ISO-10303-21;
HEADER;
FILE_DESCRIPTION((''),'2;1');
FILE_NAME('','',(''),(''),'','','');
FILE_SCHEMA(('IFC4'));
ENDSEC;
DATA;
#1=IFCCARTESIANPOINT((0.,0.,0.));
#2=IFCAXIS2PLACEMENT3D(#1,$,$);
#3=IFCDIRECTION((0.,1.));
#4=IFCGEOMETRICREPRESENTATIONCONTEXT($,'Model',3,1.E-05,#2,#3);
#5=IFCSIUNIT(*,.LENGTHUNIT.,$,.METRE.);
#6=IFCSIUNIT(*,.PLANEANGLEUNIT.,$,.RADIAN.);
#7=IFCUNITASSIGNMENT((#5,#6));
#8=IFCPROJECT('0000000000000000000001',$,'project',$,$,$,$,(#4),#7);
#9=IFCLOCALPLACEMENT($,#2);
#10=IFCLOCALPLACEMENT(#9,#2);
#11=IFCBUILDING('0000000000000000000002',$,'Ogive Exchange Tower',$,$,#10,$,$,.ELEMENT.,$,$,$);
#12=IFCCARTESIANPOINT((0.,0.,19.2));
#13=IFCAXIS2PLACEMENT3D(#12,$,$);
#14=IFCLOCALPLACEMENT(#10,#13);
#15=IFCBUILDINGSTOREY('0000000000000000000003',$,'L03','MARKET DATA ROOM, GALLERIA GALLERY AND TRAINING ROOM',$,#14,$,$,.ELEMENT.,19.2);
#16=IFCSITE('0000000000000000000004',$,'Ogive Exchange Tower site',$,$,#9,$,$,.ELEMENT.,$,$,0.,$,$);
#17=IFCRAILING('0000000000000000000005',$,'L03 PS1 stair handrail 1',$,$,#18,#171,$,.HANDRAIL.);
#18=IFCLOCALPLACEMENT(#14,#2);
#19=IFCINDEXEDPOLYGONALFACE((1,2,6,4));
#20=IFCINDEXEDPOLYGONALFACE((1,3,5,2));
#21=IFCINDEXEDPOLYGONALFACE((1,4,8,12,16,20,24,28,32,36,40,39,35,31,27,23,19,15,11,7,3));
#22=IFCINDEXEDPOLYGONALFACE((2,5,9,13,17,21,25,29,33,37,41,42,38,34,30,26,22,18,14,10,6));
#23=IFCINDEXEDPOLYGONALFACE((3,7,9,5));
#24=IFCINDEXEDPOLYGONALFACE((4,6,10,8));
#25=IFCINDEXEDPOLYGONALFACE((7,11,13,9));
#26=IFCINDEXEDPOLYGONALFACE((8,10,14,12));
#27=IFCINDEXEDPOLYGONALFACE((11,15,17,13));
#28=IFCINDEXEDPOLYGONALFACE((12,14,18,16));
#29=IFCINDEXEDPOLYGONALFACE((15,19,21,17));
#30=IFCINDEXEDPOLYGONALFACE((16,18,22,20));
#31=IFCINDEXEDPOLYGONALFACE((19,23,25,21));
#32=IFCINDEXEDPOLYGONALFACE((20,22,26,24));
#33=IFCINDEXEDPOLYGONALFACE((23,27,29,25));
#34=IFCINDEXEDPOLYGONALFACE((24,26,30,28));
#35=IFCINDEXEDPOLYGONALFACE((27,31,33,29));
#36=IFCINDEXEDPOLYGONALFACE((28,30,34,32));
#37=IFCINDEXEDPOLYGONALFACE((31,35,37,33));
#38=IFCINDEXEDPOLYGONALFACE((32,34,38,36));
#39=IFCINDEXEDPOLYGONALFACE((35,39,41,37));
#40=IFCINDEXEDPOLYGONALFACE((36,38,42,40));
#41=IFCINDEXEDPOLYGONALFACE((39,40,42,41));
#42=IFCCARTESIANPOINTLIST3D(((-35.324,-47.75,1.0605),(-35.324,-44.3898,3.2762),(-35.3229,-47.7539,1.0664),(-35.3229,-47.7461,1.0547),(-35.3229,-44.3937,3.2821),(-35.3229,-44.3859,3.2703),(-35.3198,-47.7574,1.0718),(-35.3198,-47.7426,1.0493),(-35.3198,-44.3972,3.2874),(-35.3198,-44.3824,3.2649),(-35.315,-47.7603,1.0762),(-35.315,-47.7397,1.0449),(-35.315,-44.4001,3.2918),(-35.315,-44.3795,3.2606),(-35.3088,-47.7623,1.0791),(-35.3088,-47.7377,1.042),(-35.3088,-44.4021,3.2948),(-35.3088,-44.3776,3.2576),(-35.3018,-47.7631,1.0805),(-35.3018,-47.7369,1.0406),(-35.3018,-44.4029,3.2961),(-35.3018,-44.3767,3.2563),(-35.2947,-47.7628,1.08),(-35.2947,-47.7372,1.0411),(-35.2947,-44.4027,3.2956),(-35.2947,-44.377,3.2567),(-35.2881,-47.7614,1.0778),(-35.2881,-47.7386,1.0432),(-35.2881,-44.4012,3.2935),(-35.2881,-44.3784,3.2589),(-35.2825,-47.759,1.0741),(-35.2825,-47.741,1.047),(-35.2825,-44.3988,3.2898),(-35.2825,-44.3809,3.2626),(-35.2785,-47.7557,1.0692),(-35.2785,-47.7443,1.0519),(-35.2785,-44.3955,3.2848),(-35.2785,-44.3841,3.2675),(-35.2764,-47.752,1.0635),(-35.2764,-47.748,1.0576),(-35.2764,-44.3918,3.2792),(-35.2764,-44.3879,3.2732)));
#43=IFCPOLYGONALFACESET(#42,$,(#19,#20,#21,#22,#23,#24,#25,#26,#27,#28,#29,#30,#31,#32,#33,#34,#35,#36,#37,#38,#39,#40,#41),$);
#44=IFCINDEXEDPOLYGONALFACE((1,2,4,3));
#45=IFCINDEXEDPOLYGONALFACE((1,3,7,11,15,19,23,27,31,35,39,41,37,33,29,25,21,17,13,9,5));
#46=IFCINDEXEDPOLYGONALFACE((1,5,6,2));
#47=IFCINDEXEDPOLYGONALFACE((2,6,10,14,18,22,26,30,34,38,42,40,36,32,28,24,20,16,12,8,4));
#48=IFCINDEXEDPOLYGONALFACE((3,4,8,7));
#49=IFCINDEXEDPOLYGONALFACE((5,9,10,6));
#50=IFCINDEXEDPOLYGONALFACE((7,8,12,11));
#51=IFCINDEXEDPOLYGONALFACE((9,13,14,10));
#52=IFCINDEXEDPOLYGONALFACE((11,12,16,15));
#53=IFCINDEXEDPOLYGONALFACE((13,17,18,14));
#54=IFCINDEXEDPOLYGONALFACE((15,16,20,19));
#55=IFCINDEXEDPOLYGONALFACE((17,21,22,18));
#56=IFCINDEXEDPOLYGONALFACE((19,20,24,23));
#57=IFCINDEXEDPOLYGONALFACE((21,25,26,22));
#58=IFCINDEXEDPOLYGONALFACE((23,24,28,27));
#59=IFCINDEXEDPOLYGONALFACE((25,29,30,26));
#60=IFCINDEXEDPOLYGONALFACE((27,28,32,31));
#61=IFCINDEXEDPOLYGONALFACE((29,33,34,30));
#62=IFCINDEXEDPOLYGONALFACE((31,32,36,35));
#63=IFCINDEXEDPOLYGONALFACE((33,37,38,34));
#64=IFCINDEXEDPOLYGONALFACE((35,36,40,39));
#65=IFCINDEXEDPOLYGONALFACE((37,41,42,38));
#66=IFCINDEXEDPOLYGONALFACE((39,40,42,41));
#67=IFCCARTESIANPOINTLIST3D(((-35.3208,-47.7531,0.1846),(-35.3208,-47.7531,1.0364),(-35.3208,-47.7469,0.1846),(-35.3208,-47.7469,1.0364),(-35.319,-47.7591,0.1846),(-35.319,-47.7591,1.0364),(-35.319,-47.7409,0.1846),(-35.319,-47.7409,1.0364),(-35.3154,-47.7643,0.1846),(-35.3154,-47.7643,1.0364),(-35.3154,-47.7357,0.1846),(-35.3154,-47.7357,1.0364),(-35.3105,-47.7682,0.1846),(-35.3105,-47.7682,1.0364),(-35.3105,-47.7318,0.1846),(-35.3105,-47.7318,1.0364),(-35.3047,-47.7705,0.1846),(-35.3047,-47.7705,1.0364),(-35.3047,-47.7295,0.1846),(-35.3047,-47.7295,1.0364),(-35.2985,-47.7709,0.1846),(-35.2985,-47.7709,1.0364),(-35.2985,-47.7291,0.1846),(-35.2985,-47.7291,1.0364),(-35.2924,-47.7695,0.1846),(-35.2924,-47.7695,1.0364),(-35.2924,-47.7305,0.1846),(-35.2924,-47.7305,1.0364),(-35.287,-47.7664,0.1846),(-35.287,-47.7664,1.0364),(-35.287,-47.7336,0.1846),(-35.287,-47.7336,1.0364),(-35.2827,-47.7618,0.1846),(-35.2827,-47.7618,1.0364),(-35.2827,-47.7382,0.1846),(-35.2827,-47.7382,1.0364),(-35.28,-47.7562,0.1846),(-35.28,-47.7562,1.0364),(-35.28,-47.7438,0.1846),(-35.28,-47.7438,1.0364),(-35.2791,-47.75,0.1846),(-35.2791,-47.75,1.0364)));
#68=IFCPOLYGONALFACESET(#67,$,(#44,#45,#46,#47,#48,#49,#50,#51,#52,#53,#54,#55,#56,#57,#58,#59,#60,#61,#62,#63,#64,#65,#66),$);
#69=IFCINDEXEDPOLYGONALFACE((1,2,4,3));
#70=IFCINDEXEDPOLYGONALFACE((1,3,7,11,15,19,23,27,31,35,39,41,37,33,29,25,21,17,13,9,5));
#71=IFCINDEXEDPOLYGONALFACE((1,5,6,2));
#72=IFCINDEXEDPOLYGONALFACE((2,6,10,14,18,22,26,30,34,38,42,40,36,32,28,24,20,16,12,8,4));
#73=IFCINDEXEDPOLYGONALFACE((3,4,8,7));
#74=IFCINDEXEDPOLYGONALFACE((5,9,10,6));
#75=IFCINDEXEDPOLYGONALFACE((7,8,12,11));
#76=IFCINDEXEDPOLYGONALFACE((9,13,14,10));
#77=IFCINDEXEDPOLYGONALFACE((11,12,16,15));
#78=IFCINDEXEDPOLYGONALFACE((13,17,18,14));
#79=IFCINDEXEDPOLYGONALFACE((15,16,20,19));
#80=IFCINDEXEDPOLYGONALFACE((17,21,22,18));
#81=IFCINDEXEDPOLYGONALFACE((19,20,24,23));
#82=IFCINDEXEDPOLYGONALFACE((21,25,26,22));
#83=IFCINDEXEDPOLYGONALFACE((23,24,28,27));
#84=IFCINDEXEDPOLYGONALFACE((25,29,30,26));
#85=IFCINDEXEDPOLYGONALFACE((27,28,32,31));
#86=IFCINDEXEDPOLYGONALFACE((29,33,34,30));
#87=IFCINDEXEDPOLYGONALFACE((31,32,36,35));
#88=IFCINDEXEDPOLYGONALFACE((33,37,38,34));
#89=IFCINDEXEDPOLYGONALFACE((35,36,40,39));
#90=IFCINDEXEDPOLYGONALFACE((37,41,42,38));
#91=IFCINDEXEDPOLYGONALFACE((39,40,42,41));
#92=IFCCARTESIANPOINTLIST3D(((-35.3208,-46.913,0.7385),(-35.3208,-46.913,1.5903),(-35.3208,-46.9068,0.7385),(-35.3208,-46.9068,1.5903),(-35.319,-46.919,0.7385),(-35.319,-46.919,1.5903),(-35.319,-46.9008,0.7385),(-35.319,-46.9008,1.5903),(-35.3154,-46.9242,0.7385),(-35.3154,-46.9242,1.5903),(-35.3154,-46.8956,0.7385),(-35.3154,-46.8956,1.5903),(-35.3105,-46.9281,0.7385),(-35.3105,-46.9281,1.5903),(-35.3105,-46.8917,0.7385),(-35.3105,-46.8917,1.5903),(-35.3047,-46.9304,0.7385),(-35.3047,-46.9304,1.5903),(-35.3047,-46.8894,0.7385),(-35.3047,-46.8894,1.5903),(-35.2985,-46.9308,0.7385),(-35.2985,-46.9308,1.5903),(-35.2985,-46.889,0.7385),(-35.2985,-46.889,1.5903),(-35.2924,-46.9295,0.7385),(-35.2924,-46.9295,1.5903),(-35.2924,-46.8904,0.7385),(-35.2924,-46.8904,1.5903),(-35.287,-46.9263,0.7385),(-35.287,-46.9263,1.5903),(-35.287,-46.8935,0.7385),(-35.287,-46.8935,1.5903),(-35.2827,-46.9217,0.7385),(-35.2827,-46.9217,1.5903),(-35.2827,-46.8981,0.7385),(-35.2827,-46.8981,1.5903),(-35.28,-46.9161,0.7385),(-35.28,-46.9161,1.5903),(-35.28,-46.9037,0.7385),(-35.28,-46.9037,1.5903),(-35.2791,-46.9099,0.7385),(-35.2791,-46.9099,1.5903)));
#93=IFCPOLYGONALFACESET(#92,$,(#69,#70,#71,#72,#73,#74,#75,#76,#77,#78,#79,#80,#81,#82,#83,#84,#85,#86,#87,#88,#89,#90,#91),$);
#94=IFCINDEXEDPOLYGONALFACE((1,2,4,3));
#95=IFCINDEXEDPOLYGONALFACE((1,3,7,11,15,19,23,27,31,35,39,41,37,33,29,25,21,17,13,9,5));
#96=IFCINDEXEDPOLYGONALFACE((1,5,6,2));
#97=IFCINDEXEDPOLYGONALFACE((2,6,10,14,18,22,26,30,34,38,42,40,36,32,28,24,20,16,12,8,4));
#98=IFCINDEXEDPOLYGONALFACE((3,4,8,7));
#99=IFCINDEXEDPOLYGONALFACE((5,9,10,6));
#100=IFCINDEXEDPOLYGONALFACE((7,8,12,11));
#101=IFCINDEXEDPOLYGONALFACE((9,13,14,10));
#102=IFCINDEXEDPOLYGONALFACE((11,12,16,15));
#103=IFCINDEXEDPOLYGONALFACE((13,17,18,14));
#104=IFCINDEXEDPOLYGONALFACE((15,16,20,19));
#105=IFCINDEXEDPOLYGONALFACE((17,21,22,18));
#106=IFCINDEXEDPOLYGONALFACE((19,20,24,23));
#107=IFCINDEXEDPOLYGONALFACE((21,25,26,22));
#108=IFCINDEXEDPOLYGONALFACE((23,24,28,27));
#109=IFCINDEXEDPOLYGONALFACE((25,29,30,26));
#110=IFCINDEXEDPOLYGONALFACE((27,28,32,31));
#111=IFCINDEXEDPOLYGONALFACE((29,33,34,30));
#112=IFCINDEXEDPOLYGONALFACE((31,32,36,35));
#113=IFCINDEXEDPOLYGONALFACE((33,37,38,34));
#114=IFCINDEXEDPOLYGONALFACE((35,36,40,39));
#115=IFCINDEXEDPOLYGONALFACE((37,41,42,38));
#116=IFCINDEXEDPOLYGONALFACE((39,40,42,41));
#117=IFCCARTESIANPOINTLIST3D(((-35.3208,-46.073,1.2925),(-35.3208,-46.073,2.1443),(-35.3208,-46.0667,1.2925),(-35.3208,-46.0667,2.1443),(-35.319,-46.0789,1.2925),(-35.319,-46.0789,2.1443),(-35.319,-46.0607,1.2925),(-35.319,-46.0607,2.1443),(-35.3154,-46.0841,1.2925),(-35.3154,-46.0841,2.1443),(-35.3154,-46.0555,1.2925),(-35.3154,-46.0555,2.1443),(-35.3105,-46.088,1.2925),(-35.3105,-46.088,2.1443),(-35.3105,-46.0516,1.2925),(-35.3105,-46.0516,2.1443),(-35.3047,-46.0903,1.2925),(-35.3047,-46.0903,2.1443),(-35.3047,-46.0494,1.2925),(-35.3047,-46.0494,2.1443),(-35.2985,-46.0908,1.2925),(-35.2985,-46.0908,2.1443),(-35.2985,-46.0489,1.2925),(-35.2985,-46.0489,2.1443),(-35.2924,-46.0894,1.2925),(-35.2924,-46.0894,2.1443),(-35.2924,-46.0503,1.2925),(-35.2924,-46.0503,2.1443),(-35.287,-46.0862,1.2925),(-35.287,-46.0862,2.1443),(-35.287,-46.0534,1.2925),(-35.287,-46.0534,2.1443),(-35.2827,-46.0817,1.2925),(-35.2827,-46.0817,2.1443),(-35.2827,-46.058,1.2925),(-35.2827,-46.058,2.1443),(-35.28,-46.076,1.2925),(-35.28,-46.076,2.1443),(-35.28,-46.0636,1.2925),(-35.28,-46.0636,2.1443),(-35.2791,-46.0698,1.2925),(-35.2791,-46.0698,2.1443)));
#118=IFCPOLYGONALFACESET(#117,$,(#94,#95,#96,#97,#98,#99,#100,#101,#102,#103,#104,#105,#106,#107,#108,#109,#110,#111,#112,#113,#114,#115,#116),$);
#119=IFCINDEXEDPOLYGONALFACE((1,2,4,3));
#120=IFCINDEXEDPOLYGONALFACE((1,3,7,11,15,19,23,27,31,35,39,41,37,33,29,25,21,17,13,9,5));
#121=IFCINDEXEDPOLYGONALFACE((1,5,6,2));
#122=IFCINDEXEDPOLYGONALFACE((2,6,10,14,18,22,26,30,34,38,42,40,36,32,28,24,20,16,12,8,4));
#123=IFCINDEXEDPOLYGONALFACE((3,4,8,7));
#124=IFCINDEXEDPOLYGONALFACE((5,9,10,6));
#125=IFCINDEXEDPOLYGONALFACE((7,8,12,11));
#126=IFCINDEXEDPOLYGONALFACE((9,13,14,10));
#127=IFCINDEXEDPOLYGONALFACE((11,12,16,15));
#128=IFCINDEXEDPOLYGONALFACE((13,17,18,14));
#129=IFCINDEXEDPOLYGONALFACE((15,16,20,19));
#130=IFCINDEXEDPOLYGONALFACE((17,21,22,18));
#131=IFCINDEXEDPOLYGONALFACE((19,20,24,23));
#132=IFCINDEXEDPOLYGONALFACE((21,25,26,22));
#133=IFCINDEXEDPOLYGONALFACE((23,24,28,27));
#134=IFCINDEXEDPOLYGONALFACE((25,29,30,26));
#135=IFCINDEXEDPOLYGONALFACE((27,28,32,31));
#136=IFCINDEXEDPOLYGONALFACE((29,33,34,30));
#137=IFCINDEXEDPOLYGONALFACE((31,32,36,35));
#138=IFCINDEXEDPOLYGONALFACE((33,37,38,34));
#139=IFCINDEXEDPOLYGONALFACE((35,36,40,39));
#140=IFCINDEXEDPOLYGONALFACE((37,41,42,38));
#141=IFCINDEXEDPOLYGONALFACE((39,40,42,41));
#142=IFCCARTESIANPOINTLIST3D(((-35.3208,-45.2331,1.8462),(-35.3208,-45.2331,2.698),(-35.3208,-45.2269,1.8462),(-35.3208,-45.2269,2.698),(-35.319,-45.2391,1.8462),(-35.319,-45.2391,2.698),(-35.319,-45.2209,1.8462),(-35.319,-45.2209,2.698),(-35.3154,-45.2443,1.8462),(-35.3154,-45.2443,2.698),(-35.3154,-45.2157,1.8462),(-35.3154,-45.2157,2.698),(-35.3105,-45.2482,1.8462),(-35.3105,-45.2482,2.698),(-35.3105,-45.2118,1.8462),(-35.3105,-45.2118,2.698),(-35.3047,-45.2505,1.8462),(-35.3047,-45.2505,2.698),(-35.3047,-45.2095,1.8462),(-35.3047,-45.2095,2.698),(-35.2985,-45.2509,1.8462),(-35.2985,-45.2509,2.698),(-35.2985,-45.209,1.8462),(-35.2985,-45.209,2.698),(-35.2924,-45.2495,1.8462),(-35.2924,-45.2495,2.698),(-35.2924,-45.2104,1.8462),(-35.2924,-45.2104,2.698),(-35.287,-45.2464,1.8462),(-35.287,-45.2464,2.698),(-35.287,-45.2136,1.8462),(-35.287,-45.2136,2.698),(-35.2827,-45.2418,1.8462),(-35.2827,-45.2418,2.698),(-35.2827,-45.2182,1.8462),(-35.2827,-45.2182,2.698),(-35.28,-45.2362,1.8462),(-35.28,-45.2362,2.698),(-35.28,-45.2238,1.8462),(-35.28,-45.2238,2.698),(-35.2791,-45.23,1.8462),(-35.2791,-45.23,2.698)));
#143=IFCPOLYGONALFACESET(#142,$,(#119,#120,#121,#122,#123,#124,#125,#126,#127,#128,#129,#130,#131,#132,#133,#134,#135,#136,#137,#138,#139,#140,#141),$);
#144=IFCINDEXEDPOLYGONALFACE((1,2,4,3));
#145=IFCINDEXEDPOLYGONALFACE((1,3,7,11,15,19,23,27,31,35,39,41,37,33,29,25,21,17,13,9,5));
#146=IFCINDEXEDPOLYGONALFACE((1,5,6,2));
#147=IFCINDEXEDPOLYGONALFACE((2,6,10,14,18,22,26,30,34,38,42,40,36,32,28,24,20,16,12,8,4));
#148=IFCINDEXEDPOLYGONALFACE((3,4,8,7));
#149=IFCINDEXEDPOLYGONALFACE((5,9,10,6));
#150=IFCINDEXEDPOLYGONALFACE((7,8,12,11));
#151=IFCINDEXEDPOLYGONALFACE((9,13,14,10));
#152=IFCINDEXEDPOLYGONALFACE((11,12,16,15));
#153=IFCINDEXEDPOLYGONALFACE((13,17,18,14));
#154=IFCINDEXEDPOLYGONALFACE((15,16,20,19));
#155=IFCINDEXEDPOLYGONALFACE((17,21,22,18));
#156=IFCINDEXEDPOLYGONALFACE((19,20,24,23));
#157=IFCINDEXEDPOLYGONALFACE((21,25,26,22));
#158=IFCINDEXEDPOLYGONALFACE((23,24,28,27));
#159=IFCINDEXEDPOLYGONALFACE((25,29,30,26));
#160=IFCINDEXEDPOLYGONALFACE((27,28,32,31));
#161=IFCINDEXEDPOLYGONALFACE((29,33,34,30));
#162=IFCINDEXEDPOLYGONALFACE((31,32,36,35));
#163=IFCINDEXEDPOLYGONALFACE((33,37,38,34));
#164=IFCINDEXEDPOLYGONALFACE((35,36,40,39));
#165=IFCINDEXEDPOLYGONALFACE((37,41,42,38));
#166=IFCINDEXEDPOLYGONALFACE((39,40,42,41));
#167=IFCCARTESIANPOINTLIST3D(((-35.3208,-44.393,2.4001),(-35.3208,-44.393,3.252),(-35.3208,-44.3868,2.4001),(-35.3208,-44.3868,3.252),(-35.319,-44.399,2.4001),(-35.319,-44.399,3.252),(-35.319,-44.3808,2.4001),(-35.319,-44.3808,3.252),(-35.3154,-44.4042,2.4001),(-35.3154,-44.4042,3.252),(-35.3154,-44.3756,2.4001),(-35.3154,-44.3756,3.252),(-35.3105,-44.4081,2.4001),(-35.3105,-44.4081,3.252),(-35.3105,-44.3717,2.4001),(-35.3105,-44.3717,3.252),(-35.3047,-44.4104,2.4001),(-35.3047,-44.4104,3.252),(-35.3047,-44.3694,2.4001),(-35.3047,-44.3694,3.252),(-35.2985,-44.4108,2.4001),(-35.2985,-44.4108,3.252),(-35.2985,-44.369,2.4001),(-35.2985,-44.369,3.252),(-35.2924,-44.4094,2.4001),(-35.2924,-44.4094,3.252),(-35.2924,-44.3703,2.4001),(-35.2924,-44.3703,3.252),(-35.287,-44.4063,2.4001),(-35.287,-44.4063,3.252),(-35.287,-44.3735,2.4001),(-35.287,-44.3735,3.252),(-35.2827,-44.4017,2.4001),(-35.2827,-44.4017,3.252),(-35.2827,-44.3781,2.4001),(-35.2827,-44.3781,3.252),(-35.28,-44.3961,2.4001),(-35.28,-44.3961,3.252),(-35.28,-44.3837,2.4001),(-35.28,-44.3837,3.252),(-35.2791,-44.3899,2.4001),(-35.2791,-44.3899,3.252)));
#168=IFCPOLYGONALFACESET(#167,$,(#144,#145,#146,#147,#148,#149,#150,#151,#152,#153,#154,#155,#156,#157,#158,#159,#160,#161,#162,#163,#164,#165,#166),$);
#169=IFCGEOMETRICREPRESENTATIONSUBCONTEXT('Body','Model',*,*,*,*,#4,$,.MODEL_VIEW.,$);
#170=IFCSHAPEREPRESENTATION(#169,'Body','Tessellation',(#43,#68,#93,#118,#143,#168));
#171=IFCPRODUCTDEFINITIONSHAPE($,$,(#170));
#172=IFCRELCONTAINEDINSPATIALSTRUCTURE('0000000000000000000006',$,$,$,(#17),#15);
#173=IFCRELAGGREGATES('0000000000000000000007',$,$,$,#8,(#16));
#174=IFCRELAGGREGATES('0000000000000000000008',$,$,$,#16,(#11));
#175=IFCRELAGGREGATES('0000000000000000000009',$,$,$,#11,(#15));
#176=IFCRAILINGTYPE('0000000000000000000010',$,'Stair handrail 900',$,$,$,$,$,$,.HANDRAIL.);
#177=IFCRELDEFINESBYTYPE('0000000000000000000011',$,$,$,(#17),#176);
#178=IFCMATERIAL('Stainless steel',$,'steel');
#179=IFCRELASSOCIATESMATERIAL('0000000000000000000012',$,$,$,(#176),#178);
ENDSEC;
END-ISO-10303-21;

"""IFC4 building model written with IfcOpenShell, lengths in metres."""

from ifc_helpers import new_model, si_unit, direction, frame, origin, origin_2d, place, context, subcontext, project, spatial, circle, extrude, material, type_object, element, save


model = new_model("IFC4")

# Units and contexts
model_context = context("Model", 3, precision=1e-05, world=origin(), true_north=direction((0.0, 1.0)))
body_context = subcontext(model_context, "Body", "Model", "MODEL_VIEW")
ifc_project = project(units=[si_unit("LENGTHUNIT", "METRE"), si_unit("PLANEANGLEUNIT", "RADIAN")], contexts=[model_context])

# Site, building, storey
site_placement = place(None, origin())
site = spatial("IfcSite", under=ifc_project, at=site_placement, Name="Ogive Exchange Tower site", CompositionType="ELEMENT", RefElevation=0.0)
building_placement = place(site_placement, origin())
building = spatial("IfcBuilding", under=site, at=building_placement, Name="Ogive Exchange Tower", CompositionType="ELEMENT")
storey_placement = place(building_placement, frame((0.0, 0.0, 19.2)))
storey = spatial("IfcBuildingStorey", under=building, at=storey_placement, Name="L03", Description="MARKET DATA ROOM, GALLERIA GALLERY AND TRAINING ROOM", CompositionType="ELEMENT", Elevation=19.2)

# Railing
ifc_material_1 = material(Name="Stainless steel", Category="steel")
railing_type = type_object("IfcRailingType", Name="Stair handrail 900", PredefinedType="HANDRAIL", material=ifc_material_1)
railing_placement = place(storey_placement, frame((-35.3, -47.75, 0.1846)))
element("IfcRailing", 1, at=railing_placement, inside=storey, type_object=railing_type, Name="L03 PS1 stair handrail 1", PredefinedType="HANDRAIL", context=body_context, shape_type="SweptSolid", body=[
    extrude(circle(Radius=0.0239, at=origin_2d()), frame((0.0, 0.0, 0.876), z_axis=(0.0, 0.834849, 0.55048), x_axis=(-1.0, 0.0, 0.0)), (0.0, 0.0, 1.0), 4.0249),
    extrude(circle(Radius=0.021, at=origin_2d()), origin(), (0.0, 0.0, 1.0), 0.8518),
    extrude(circle(Radius=0.021, at=origin_2d()), frame((0.0, 0.8401, 0.554)), (0.0, 0.0, 1.0), 0.8518),
    extrude(circle(Radius=0.021, at=origin_2d()), frame((0.0, 1.6802, 1.1079)), (0.0, 0.0, 1.0), 0.8518),
    extrude(circle(Radius=0.021, at=origin_2d()), frame((0.0, 2.52, 1.6616)), (0.0, 0.0, 1.0), 0.8518),
    extrude(circle(Radius=0.021, at=origin_2d()), frame((0.0, 3.3601, 2.2156)), (0.0, 0.0, 1.0), 0.8518),
])

save(model, "model.ifc")
